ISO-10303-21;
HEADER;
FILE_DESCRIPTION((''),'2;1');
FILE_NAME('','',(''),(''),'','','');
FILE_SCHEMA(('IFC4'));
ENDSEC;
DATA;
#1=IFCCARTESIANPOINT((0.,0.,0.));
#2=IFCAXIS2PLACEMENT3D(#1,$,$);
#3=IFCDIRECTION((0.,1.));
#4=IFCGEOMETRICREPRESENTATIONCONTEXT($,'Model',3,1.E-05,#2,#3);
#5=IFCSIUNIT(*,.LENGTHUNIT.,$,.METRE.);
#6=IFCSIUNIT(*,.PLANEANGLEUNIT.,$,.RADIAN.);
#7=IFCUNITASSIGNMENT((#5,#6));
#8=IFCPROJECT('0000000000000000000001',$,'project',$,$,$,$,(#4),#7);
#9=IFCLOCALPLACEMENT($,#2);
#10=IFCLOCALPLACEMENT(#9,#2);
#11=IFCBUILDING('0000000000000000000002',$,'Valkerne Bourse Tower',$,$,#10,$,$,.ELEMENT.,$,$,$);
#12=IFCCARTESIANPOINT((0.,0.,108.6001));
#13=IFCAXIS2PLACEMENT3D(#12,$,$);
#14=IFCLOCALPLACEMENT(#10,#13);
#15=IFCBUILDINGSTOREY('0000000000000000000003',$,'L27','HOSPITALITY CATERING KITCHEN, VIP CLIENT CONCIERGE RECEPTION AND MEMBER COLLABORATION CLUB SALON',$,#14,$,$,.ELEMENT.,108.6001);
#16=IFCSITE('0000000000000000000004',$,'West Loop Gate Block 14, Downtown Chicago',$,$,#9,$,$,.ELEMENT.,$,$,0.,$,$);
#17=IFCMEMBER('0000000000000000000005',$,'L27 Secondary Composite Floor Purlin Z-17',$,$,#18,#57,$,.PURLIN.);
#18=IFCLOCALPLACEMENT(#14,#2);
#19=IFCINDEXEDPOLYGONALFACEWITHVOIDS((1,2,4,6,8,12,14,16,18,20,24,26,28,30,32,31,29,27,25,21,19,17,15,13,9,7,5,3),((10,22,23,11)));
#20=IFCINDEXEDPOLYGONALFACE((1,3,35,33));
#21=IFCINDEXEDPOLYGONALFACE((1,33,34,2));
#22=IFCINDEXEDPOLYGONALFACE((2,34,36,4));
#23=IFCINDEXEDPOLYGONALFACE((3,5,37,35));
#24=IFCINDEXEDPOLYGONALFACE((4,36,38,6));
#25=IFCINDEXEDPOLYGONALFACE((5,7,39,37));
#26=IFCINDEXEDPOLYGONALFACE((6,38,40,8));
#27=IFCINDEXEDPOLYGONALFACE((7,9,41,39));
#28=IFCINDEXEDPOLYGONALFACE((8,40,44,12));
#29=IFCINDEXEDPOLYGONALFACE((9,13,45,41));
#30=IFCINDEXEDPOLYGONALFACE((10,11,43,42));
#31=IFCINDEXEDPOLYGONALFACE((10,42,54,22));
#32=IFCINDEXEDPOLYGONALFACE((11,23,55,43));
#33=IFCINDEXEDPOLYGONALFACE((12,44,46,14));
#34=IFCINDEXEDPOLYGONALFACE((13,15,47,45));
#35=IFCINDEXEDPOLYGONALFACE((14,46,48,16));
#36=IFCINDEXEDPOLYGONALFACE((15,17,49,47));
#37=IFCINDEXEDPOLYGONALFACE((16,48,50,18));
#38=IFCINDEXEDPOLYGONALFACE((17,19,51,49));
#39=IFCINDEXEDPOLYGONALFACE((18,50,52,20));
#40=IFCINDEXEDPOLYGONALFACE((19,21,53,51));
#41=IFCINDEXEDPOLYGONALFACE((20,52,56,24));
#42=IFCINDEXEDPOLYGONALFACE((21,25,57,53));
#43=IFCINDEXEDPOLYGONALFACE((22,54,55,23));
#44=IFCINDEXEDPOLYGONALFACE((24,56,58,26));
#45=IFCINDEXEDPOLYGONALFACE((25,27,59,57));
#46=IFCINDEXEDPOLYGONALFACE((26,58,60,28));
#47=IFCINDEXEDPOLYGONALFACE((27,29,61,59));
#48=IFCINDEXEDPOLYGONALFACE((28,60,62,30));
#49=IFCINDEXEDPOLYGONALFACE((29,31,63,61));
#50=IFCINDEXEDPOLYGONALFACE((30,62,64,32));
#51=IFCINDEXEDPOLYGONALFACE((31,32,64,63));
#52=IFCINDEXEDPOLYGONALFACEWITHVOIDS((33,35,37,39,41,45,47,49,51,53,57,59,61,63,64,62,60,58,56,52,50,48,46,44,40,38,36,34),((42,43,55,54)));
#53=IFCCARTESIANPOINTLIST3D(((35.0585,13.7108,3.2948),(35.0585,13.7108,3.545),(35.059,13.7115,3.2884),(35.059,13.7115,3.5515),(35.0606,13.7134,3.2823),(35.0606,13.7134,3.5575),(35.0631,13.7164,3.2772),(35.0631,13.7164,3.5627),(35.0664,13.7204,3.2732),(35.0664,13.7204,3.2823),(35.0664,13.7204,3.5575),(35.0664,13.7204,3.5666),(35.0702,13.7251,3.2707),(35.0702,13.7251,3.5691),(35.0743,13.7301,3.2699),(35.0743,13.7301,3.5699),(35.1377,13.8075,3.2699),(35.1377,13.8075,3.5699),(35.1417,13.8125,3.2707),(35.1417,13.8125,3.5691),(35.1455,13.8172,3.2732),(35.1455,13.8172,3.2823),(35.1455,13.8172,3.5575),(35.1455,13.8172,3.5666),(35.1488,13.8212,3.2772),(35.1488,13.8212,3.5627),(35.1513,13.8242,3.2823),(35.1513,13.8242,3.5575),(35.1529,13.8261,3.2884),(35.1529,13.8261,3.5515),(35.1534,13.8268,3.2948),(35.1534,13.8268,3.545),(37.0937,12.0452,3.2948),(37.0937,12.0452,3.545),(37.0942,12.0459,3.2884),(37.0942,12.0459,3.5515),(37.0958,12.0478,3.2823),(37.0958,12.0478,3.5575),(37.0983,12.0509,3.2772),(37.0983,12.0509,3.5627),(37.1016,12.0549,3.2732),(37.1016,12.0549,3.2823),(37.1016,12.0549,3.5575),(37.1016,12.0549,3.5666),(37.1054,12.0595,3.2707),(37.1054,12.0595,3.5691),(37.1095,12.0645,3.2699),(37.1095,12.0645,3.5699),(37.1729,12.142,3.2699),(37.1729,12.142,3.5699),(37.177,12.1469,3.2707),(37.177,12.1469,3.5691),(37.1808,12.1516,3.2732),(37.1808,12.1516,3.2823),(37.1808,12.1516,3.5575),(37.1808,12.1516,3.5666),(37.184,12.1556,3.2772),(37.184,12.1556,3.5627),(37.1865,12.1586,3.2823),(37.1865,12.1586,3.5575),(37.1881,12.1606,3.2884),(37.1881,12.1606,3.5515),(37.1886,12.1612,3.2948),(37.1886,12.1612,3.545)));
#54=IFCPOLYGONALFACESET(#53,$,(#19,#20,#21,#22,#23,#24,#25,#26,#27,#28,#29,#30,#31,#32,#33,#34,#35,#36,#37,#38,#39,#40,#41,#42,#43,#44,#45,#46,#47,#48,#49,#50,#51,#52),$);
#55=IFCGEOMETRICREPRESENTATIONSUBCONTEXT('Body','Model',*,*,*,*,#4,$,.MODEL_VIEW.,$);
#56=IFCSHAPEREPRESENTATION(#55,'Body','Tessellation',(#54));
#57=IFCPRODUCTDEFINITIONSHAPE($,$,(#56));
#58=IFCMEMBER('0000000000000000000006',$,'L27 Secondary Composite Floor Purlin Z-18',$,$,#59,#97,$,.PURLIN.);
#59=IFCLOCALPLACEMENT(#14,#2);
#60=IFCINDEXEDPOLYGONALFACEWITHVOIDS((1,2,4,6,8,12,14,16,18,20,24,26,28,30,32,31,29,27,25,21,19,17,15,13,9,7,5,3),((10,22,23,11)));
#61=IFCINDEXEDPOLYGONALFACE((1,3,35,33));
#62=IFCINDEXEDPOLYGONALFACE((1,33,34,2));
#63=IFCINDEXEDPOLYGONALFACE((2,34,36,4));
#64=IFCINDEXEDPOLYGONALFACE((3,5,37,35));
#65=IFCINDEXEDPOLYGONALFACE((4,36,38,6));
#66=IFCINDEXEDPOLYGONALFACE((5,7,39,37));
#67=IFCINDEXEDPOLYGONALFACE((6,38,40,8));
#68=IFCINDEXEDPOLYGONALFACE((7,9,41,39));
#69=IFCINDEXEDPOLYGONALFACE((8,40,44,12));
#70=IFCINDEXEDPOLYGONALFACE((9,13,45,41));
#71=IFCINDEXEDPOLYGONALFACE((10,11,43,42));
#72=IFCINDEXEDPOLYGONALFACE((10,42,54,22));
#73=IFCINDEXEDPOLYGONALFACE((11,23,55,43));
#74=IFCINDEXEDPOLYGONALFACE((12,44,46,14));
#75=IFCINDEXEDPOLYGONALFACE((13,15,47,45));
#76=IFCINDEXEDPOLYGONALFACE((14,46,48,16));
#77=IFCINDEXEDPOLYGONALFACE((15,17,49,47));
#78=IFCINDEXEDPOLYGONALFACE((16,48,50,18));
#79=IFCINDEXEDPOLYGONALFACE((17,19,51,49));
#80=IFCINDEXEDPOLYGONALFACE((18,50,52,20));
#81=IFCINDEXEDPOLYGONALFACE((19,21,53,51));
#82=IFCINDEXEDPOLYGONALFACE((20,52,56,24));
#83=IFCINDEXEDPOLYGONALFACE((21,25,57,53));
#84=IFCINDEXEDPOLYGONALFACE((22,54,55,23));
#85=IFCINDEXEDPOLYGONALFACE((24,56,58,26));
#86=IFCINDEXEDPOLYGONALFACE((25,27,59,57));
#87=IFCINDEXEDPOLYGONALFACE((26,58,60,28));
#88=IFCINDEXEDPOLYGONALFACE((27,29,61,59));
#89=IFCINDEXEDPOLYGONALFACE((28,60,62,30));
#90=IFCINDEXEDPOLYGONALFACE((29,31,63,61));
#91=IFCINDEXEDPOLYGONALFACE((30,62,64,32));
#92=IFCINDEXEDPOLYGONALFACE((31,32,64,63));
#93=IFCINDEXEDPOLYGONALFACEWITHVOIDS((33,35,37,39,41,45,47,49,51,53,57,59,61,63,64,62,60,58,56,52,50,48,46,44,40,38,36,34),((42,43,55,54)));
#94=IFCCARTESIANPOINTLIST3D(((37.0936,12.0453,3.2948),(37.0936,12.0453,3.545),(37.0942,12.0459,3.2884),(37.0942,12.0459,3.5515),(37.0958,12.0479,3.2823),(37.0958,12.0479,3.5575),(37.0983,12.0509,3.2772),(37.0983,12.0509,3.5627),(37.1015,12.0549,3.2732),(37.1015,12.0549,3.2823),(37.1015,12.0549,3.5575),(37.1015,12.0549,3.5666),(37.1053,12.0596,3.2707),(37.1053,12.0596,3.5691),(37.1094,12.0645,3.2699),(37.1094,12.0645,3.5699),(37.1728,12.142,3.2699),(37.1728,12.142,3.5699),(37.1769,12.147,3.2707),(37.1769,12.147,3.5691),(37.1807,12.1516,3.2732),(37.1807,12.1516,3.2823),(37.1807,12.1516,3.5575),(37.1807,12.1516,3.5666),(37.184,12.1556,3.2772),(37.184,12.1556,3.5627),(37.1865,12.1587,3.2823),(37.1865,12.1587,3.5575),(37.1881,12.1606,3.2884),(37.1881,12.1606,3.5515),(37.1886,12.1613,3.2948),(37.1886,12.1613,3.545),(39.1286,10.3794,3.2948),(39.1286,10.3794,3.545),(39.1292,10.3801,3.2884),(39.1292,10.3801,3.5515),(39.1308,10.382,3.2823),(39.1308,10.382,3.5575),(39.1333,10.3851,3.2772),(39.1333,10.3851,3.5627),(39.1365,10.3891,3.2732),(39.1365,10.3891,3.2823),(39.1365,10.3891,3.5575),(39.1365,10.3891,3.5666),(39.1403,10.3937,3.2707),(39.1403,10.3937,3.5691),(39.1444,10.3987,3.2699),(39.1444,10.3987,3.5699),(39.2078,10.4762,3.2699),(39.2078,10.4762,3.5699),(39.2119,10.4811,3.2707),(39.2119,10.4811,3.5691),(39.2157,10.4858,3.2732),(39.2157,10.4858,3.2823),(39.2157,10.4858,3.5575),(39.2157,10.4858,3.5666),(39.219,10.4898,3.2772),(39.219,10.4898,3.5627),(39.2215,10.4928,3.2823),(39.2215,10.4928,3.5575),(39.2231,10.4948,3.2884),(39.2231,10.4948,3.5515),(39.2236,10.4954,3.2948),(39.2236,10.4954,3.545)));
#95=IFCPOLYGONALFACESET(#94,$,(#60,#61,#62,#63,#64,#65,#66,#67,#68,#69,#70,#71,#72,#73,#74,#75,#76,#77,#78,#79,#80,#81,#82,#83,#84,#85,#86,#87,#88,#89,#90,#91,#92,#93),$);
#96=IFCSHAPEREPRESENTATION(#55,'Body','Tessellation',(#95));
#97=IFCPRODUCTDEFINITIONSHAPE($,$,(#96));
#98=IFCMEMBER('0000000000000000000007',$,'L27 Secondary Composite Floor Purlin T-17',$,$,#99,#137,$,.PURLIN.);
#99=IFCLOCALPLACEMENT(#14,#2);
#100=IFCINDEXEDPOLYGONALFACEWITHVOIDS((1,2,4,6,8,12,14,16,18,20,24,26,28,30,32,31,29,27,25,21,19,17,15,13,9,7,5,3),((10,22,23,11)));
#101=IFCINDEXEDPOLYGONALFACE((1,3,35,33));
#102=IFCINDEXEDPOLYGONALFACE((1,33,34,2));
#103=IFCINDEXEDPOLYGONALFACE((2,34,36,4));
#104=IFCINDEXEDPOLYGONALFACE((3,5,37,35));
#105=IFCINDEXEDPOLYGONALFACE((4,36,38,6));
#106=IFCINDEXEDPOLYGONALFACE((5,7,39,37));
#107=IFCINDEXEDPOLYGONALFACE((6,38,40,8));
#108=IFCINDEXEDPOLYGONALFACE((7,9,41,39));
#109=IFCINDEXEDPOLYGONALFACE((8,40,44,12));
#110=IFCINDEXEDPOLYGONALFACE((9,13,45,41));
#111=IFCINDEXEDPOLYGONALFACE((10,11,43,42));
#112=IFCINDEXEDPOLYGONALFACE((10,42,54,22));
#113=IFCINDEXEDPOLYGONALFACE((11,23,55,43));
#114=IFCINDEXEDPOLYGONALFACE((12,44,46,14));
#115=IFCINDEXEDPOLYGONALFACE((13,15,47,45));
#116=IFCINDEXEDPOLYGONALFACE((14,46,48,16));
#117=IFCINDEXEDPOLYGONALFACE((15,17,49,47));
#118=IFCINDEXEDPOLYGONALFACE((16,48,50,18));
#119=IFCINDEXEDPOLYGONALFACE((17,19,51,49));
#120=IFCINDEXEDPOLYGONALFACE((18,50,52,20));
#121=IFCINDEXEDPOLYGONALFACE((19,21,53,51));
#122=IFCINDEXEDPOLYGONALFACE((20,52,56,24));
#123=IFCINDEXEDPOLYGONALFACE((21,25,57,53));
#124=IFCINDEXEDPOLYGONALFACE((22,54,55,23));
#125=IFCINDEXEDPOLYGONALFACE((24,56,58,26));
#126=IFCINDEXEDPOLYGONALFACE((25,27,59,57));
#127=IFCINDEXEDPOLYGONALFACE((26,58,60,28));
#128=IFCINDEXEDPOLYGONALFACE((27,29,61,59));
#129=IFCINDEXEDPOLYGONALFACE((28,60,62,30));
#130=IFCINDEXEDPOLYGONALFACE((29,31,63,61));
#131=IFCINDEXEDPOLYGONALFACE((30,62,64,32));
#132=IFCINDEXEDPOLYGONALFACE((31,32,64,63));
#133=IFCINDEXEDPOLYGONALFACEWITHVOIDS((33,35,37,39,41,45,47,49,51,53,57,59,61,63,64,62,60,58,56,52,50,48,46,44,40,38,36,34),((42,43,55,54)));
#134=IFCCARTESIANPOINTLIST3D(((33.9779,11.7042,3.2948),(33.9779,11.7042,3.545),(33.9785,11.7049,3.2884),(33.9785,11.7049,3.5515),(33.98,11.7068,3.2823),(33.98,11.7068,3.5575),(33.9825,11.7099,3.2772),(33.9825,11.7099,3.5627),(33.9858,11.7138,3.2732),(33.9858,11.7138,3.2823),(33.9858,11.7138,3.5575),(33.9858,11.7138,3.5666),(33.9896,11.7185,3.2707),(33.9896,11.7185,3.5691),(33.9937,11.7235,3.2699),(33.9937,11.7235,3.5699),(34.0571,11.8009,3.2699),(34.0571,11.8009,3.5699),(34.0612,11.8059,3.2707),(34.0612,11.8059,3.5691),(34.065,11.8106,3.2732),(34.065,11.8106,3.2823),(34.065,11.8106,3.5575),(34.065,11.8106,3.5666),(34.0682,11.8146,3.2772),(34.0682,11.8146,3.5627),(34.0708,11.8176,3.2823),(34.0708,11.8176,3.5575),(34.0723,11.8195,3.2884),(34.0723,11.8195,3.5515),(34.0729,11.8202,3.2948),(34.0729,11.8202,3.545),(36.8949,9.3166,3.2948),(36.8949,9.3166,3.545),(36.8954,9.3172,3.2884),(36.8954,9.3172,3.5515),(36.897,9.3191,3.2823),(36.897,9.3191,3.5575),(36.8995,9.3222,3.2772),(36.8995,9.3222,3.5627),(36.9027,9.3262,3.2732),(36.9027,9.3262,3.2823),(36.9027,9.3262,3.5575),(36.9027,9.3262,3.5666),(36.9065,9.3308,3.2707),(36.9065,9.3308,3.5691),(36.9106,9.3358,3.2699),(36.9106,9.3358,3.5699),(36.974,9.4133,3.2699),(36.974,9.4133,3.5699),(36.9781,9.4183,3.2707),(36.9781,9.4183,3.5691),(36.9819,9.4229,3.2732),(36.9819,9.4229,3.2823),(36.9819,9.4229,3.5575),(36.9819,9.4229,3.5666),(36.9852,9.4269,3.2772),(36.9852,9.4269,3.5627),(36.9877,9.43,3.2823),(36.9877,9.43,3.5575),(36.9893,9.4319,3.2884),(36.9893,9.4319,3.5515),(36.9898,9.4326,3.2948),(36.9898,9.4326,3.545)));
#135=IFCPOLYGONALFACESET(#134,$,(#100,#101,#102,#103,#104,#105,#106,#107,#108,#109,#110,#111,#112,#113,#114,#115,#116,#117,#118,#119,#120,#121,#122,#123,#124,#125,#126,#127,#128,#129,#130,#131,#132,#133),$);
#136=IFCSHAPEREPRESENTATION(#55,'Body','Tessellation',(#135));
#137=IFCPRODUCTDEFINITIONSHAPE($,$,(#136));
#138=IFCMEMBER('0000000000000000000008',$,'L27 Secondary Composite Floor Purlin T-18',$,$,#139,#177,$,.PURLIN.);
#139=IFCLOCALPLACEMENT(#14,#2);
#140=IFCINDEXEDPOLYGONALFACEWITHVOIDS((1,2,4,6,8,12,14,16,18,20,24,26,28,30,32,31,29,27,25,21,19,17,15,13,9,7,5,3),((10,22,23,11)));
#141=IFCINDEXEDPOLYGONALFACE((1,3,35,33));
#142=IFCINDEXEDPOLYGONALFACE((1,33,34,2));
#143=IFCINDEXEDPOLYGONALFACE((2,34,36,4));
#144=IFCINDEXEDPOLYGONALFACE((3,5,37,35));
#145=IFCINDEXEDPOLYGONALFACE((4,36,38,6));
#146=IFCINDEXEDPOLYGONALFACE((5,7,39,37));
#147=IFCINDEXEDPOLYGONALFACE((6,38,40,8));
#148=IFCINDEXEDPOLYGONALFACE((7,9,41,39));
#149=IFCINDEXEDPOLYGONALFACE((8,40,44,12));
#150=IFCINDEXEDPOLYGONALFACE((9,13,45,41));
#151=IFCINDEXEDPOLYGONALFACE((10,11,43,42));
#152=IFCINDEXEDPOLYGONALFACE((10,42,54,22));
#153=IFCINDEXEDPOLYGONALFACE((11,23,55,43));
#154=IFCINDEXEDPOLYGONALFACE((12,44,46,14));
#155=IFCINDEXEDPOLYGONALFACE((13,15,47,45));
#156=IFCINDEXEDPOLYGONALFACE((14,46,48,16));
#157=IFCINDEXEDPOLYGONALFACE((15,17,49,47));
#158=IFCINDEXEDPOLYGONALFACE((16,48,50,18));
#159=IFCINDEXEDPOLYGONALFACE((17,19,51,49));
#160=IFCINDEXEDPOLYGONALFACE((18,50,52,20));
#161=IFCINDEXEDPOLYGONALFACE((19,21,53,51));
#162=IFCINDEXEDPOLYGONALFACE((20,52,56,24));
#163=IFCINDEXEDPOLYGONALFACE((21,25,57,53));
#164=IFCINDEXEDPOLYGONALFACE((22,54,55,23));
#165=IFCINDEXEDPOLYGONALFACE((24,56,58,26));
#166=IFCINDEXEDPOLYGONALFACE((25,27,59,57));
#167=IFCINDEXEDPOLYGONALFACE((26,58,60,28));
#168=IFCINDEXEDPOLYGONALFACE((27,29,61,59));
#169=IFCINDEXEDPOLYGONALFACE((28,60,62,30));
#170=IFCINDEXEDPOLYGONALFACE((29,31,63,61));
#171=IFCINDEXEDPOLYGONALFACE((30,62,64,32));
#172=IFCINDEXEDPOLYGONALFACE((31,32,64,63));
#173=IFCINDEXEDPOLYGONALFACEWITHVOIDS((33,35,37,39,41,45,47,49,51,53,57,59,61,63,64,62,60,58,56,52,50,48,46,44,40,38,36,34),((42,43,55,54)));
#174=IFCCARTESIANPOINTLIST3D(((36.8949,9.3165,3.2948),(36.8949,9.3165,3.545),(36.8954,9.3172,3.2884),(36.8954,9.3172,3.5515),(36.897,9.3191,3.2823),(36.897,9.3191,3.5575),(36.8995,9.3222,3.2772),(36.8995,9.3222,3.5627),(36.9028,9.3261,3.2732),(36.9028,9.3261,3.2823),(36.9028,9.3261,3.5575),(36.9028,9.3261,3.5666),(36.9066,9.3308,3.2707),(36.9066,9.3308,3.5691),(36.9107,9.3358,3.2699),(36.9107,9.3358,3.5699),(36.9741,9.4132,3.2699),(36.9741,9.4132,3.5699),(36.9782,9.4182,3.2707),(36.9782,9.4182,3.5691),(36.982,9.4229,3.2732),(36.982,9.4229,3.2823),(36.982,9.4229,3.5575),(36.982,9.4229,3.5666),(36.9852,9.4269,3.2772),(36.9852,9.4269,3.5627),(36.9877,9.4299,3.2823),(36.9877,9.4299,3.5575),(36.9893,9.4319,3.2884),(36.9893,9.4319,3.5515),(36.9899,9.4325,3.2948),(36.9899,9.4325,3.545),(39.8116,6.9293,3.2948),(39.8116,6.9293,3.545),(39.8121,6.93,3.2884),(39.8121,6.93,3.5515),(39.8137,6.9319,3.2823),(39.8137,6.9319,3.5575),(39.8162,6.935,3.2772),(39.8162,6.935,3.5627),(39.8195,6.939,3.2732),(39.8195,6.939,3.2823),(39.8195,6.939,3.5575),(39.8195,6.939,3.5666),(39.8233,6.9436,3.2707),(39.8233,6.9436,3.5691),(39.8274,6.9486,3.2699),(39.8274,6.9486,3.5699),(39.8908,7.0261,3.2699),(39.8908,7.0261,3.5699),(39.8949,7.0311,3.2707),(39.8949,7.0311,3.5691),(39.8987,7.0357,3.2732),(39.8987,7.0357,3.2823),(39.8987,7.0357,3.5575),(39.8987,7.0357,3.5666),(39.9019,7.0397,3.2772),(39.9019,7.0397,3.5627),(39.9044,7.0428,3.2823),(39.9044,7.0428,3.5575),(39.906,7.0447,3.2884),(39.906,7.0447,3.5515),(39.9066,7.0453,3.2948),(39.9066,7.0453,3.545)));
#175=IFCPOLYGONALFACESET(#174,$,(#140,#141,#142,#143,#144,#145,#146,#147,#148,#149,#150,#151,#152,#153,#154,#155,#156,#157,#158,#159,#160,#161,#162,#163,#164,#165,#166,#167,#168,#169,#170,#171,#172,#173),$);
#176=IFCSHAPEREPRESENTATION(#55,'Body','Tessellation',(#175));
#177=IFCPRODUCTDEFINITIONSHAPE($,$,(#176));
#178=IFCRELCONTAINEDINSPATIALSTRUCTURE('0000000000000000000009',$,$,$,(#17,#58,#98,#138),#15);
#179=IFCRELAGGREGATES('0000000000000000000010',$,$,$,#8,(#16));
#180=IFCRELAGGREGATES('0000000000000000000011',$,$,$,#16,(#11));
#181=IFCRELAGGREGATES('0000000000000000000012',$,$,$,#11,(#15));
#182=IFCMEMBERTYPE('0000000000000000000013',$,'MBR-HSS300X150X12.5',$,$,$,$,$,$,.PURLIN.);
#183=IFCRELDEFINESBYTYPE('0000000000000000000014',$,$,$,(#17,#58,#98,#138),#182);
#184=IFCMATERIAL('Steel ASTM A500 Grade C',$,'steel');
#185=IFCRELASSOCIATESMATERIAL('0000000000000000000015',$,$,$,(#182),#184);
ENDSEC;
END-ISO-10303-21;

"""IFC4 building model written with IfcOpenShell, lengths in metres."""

from ifc_helpers import new_model, si_unit, direction, frame, origin, origin_2d, place, context, subcontext, project, spatial, hollow_rectangle, extrude, material, material_profile, profile_set, type_object, element, save


model = new_model("IFC4")

# Units and contexts
model_context = context("Model", 3, precision=1e-05, world=origin(), true_north=direction((0.0, 1.0)))
body_context = subcontext(model_context, "Body", "Model", "MODEL_VIEW")
ifc_project = project(units=[si_unit("LENGTHUNIT", "METRE"), si_unit("PLANEANGLEUNIT", "RADIAN")], contexts=[model_context])

# Site, building, storey
site_placement = place(None, origin())
site = spatial("IfcSite", under=ifc_project, at=site_placement, Name="West Loop Gate Block 14, Downtown Chicago", CompositionType="ELEMENT", RefElevation=0.0)
building_placement = place(site_placement, origin())
building = spatial("IfcBuilding", under=site, at=building_placement, Name="Valkerne Bourse Tower", CompositionType="ELEMENT")
storey_placement = place(building_placement, frame((0.0, 0.0, 108.6001)))
storey = spatial("IfcBuildingStorey", under=building, at=storey_placement, Name="L27", Description="HOSPITALITY CATERING KITCHEN, VIP CLIENT CONCIERGE RECEPTION AND MEMBER COLLABORATION CLUB SALON", CompositionType="ELEMENT", Elevation=108.6001)

# Members
ifc_material_1 = material(Name="Steel ASTM A500 Grade C", Category="steel")
ifc_material_profile_1 = material_profile(ifc_material_1, hollow_rectangle(XDim=0.1499, YDim=0.3, WallThickness=0.0125, OuterFilletRadius=0.0249, at=origin_2d()), Name="HSS300X150X12.5")
ifc_profile_set_1 = profile_set([ifc_material_profile_1], Name="Steel ASTM A500 Grade C")
member_type_1 = type_object("IfcMemberType", Name="MBR-HSS300X150X12.5", PredefinedType="PURLIN", material=ifc_profile_set_1)
for number, where, z_axis, x_axis, name in (
    (1, (35.106, 13.7688, 3.4199), (0.773883, -0.633329, 0.0), (0.633329, 0.773883, 0.0), "L27 Secondary Composite Floor Purlin Z-17"),
    (2, (37.1411, 12.1033, 3.4199), (0.7738, -0.63343, 0.0), (0.63343, 0.7738, 0.0), "L27 Secondary Composite Floor Purlin Z-18"),
):
    element("IfcMember", number, at=place(storey_placement, frame(where, z_axis=z_axis, x_axis=x_axis)), inside=storey, type_object=member_type_1, Name=name, PredefinedType="PURLIN", context=body_context, shape_type="SweptSolid", body=[
        extrude(hollow_rectangle(XDim=0.1499, YDim=0.3, WallThickness=0.0125, OuterFilletRadius=0.0249, at=origin_2d()), origin(), (0.0, 0.0, 1.0), 2.6299),
    ])
member_1_placement = place(storey_placement, frame((34.0254, 11.7622, 3.4199), z_axis=(0.773819, -0.633407, 0.0), x_axis=(0.633407, 0.773819, 0.0)))
element("IfcMember", 3, at=member_1_placement, inside=storey, type_object=member_type_1, Name="L27 Secondary Composite Floor Purlin T-17", PredefinedType="PURLIN", context=body_context, shape_type="SweptSolid", body=[
    extrude(hollow_rectangle(XDim=0.1499, YDim=0.3, WallThickness=0.0125, OuterFilletRadius=0.0249, at=origin_2d()), origin(), (0.0, 0.0, 1.0), 3.7695),
])
member_2_placement = place(storey_placement, frame((36.9424, 9.3745, 3.4199), z_axis=(0.773856, -0.633361, 0.0), x_axis=(0.633361, 0.773856, 0.0)))
element("IfcMember", 4, at=member_2_placement, inside=storey, type_object=member_type_1, Name="L27 Secondary Composite Floor Purlin T-18", PredefinedType="PURLIN", context=body_context, shape_type="SweptSolid", body=[
    extrude(hollow_rectangle(XDim=0.1499, YDim=0.3, WallThickness=0.0125, OuterFilletRadius=0.0249, at=origin_2d()), origin(), (0.0, 0.0, 1.0), 3.769),
])

save(model, "model.ifc")
